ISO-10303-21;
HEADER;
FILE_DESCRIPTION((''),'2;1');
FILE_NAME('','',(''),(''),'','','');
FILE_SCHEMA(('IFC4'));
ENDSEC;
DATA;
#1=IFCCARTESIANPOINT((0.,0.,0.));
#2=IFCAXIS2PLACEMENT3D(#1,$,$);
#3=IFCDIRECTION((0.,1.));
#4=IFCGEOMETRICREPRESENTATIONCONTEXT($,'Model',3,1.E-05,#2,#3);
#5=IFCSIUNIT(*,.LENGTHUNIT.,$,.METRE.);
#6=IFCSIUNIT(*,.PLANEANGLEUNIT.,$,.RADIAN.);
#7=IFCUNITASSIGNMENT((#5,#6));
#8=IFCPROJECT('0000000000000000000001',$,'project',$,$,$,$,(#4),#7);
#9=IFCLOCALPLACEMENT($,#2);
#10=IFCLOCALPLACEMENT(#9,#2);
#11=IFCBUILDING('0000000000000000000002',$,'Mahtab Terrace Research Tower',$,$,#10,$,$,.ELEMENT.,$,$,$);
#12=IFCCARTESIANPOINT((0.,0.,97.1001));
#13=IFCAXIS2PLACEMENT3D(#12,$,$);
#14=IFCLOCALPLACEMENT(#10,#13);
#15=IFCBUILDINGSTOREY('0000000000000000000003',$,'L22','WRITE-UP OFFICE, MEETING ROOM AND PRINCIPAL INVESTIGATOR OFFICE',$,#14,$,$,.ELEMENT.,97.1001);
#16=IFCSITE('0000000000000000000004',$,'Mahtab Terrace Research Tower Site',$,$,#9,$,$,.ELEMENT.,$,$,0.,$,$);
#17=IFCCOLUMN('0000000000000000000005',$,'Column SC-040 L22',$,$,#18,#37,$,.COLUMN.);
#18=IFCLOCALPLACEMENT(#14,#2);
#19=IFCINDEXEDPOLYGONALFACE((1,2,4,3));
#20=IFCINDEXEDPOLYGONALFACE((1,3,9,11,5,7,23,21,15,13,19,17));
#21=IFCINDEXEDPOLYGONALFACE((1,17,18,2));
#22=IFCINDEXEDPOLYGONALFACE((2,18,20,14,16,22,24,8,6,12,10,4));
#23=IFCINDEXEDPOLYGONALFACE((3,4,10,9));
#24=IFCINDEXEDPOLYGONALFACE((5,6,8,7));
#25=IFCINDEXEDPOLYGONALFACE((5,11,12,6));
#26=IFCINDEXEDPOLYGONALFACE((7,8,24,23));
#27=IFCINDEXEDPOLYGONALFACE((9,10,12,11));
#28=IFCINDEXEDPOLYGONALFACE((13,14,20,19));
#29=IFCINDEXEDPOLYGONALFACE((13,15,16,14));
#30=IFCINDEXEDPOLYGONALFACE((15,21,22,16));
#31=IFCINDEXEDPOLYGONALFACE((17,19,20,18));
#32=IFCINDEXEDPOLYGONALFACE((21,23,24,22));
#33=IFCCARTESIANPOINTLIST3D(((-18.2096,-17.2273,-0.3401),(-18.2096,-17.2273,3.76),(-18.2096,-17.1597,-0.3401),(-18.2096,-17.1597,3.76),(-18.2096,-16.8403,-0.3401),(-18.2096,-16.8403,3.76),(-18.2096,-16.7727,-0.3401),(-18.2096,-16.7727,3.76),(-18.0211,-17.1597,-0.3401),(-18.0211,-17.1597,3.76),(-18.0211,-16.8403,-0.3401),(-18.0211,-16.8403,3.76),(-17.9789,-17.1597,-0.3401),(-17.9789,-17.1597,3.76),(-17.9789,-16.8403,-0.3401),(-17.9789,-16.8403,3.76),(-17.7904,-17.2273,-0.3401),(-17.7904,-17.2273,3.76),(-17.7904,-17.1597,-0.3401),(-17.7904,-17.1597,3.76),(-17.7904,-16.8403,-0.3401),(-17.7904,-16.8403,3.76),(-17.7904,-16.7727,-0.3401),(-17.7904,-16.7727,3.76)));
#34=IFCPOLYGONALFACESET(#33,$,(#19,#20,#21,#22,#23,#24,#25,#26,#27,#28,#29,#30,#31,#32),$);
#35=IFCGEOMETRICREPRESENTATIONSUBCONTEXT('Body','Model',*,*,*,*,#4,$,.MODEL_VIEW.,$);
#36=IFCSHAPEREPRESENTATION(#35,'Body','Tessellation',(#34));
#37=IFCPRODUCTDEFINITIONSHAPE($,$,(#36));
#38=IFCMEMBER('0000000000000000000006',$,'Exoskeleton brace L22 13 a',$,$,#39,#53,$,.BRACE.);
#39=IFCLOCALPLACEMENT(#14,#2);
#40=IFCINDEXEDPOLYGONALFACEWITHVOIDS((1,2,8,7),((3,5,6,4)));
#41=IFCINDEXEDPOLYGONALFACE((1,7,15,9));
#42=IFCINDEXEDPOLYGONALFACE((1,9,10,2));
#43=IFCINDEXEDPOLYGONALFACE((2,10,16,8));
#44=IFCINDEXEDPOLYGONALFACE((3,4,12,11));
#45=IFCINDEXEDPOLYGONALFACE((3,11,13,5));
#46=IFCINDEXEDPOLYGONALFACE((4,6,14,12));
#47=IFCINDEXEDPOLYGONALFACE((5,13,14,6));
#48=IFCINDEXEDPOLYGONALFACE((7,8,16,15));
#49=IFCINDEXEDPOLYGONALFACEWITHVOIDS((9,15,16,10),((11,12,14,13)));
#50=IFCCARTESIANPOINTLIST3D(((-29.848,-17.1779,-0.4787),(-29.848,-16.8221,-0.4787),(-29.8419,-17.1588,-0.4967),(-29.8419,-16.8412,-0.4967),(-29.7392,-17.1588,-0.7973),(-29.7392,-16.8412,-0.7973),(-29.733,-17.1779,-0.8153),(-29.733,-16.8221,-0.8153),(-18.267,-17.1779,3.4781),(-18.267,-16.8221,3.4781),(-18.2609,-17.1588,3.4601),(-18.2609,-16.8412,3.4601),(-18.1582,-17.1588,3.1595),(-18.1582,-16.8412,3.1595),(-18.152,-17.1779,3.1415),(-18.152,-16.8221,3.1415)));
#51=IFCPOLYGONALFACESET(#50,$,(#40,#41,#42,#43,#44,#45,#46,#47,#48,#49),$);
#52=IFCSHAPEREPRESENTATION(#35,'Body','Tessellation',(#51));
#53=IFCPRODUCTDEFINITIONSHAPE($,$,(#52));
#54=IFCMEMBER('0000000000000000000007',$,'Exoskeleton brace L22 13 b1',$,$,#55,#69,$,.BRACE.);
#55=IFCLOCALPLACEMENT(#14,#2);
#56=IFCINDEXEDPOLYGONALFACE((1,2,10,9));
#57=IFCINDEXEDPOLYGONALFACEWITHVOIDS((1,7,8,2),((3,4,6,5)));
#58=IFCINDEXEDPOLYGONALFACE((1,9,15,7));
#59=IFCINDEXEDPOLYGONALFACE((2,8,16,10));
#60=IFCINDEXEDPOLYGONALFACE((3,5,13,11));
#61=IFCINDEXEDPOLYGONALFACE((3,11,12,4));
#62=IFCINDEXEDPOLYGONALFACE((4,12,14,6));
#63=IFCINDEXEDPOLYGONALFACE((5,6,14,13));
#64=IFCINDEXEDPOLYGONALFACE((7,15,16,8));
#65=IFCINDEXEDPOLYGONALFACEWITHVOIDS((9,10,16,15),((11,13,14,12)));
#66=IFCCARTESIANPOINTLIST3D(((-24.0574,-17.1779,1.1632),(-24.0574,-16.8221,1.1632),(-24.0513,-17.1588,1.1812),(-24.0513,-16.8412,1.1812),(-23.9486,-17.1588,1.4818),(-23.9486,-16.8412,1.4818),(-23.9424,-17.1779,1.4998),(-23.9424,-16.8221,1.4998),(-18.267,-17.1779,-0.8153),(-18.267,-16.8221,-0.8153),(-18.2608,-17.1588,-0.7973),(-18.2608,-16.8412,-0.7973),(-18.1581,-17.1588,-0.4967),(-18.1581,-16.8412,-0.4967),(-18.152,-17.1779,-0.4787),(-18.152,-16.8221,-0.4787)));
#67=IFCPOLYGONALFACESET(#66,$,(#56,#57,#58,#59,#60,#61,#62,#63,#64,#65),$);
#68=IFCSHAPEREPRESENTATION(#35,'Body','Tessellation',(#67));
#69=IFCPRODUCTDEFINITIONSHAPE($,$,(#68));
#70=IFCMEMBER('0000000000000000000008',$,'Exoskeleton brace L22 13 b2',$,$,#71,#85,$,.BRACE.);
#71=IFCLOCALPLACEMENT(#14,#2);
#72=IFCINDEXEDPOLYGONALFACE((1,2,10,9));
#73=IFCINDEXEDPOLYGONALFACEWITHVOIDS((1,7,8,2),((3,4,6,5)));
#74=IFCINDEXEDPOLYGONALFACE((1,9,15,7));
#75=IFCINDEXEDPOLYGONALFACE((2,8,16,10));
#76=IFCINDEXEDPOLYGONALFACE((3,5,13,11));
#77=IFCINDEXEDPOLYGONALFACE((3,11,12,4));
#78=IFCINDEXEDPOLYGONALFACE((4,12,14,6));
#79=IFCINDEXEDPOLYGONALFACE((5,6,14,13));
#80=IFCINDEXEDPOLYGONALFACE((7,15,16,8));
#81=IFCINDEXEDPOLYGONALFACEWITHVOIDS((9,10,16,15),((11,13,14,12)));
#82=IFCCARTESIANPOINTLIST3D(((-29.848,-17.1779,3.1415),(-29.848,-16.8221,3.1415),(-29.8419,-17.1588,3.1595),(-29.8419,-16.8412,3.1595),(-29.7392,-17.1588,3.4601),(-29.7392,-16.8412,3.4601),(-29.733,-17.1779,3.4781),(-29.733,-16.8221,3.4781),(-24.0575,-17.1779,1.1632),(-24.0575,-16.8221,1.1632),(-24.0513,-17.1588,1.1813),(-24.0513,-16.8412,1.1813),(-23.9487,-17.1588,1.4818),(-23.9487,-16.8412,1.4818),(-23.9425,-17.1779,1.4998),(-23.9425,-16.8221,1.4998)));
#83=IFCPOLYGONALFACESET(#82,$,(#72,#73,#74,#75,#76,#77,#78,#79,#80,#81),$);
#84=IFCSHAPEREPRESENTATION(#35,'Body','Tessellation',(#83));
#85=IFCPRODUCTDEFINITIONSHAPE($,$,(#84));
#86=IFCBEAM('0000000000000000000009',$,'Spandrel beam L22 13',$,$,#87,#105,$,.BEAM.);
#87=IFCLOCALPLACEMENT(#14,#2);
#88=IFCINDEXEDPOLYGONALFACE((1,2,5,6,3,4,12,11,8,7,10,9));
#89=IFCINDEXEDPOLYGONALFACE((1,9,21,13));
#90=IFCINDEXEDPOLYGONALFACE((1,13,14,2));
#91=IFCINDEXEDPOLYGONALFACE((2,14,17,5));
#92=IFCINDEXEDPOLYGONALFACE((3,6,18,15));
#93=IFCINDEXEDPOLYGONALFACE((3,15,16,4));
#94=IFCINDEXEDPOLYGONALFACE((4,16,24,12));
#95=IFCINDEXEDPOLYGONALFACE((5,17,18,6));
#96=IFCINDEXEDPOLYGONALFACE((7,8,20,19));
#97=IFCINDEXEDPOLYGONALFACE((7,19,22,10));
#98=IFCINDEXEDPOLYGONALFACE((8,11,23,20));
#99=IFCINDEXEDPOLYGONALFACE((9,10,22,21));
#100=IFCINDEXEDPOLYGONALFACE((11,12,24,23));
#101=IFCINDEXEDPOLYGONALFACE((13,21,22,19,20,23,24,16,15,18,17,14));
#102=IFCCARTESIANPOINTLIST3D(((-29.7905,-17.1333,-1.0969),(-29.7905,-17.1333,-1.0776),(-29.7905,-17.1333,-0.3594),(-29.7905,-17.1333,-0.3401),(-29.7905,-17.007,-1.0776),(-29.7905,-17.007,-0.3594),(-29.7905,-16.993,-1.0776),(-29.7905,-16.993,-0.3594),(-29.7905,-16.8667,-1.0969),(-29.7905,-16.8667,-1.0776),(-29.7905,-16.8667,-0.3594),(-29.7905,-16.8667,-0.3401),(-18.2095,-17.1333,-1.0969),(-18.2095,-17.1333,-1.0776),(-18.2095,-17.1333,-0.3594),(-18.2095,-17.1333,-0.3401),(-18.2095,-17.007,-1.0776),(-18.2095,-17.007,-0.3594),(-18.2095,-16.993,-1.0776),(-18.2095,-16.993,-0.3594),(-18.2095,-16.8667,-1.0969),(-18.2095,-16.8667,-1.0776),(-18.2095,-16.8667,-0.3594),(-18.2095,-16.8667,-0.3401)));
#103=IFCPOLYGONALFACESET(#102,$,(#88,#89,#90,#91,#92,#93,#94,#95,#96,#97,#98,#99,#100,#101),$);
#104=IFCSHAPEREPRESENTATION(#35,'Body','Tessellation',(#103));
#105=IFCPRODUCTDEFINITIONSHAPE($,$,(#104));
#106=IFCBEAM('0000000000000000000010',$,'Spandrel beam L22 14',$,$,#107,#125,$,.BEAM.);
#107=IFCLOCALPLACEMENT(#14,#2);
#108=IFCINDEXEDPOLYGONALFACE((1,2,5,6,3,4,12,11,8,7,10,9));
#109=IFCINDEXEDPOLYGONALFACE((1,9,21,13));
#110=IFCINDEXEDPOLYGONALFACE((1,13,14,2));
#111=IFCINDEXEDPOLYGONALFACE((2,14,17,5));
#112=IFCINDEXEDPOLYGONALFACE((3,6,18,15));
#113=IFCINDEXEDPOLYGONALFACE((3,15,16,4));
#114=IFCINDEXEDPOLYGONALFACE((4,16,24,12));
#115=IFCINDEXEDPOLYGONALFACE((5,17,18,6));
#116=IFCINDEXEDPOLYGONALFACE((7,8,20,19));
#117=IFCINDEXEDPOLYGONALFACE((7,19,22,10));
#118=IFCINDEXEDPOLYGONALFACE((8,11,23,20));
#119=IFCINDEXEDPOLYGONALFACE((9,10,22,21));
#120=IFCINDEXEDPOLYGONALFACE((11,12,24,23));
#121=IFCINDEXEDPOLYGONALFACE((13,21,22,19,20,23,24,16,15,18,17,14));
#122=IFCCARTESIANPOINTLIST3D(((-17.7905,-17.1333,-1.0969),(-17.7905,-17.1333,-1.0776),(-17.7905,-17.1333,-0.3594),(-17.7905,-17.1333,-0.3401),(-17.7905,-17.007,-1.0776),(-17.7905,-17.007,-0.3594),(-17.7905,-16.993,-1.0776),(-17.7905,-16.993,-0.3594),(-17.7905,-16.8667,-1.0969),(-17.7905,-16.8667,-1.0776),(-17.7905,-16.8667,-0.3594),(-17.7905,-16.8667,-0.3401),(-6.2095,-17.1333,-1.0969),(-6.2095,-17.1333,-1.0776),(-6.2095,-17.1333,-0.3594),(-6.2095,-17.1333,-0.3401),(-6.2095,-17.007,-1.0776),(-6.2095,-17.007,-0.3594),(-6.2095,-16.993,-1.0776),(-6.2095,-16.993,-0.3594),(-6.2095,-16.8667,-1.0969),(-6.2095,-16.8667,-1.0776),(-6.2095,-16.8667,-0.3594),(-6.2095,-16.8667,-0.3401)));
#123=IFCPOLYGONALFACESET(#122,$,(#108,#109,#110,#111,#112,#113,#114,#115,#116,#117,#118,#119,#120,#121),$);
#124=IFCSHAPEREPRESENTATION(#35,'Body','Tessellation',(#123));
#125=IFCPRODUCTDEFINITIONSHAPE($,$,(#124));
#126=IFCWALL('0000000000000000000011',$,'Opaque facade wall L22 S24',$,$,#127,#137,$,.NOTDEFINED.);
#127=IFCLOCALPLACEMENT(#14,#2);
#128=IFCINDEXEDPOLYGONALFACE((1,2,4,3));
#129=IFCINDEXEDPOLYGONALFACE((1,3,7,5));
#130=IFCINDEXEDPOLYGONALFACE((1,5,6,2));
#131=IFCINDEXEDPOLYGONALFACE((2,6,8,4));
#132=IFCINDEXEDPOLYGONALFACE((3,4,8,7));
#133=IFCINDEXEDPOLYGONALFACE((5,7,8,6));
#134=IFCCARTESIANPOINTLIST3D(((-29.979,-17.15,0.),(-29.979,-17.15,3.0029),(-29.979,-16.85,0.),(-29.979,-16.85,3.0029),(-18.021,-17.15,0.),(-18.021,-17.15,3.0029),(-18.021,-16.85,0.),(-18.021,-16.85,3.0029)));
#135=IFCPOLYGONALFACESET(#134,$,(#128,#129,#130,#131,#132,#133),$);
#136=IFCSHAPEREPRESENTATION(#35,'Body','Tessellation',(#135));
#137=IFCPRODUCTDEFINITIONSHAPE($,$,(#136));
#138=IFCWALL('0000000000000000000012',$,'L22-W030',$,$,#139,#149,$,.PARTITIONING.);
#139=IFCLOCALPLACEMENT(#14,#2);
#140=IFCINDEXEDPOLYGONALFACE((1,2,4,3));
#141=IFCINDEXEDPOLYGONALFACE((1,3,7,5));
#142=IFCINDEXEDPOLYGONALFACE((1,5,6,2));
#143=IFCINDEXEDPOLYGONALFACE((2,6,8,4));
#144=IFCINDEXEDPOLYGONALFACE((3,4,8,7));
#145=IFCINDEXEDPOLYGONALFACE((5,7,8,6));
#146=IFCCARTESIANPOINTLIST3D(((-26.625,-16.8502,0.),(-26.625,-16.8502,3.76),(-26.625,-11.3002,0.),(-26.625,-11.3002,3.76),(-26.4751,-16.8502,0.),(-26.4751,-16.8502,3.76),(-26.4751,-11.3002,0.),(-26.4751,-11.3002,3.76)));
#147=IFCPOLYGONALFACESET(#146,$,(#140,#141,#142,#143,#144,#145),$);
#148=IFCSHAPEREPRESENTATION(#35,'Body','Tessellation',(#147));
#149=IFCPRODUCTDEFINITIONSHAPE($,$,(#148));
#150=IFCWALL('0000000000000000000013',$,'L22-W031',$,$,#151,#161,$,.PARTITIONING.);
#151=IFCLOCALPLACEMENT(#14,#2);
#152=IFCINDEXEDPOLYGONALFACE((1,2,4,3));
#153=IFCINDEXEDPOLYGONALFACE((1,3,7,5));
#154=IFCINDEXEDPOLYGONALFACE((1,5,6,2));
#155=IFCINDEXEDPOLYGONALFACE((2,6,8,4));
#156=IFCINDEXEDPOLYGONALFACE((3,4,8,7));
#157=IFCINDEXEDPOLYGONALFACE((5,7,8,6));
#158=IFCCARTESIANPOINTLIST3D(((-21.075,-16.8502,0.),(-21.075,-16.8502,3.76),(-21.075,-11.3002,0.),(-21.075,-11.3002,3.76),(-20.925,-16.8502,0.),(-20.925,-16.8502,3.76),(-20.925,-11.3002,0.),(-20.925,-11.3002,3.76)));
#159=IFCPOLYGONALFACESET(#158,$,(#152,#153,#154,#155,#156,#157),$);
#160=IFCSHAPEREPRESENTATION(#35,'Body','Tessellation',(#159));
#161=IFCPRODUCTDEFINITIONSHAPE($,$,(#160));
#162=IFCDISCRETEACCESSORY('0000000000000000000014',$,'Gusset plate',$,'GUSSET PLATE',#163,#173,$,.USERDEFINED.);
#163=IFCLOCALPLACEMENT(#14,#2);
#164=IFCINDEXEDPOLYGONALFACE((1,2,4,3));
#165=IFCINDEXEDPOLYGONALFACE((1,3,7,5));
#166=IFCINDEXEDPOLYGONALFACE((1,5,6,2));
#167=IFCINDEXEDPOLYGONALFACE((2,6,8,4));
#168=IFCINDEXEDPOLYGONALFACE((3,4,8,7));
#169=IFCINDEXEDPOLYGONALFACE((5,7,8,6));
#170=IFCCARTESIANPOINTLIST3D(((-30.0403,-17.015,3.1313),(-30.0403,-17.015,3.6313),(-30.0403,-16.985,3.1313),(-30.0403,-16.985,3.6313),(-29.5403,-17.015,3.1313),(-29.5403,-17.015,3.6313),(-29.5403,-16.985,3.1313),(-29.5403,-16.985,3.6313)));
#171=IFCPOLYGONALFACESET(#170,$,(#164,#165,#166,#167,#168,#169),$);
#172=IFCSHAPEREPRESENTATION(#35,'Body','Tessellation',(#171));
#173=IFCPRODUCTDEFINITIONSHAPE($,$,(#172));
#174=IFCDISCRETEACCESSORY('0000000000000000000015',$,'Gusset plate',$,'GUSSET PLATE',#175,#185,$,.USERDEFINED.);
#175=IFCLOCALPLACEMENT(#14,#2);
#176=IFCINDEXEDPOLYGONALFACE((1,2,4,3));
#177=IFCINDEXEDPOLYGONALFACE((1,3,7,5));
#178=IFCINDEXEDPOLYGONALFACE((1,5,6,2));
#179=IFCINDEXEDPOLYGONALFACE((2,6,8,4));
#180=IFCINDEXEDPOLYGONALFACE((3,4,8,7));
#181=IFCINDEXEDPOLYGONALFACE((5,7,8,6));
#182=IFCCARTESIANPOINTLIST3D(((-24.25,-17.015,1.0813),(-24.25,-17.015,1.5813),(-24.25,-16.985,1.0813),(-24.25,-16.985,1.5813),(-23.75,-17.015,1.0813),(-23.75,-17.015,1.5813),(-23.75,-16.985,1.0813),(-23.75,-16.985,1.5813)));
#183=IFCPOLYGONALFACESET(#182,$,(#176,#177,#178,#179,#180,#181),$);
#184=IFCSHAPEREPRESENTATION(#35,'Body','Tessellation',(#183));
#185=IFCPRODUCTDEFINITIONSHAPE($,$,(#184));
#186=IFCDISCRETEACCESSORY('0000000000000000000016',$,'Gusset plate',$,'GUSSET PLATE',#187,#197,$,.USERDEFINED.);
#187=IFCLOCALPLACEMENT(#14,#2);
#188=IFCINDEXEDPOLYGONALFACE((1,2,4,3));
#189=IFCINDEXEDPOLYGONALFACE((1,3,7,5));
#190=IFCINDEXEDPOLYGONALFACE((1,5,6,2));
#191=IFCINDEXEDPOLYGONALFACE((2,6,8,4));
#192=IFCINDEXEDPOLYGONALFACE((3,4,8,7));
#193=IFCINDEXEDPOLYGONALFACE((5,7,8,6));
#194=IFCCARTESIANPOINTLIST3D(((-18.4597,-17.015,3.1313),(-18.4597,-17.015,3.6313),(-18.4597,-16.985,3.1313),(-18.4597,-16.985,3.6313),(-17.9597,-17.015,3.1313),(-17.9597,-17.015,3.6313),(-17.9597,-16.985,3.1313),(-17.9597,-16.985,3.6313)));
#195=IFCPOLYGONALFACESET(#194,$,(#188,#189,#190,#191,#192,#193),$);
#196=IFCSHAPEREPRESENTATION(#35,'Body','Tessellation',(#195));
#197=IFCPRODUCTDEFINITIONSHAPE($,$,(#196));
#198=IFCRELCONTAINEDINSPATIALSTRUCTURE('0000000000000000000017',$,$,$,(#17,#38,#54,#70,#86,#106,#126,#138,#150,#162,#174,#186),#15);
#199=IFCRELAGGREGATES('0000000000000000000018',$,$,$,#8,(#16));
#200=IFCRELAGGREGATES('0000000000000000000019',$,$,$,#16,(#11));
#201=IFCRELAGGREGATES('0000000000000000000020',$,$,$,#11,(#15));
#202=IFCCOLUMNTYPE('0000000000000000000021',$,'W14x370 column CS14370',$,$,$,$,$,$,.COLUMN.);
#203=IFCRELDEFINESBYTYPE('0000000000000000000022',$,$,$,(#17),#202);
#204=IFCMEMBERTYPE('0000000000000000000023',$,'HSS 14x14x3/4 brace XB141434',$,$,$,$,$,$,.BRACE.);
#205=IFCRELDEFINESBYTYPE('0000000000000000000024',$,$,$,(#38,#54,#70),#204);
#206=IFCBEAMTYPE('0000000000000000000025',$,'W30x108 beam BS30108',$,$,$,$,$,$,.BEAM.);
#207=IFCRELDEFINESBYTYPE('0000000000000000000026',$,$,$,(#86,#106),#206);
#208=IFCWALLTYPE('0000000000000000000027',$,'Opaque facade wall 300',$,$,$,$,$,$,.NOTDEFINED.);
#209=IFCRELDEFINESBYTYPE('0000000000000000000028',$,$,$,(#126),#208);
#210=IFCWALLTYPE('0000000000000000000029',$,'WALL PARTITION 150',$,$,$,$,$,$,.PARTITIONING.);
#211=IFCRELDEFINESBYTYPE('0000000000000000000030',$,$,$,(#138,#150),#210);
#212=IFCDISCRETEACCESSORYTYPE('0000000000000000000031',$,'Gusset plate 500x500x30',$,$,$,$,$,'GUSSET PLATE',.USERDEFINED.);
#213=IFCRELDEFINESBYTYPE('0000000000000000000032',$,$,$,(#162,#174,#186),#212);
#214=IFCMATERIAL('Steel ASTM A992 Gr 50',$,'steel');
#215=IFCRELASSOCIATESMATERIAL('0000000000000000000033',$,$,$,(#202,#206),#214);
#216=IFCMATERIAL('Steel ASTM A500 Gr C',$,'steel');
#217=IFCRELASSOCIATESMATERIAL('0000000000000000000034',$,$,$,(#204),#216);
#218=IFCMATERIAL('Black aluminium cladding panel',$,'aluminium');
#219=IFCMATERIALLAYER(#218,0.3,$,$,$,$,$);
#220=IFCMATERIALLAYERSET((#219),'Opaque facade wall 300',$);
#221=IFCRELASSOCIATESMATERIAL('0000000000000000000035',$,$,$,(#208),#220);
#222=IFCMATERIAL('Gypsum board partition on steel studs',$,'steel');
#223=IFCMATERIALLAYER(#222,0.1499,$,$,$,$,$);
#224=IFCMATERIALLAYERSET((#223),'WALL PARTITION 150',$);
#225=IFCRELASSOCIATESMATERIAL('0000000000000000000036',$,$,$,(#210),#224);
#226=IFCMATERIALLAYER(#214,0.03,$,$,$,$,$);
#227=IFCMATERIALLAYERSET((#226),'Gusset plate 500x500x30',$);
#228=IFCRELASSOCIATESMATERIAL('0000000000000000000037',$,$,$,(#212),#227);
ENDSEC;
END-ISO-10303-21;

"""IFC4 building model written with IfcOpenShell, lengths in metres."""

from ifc_helpers import new_model, si_unit, direction, frame, frame_2d, origin, origin_2d, place, context, subcontext, project, spatial, rectangle, hollow_rectangle, i_section, extrude, material, layer, layer_set, material_profile, profile_set, type_object, element, save


model = new_model("IFC4")

# Units and contexts
model_context = context("Model", 3, precision=1e-05, world=origin(), true_north=direction((0.0, 1.0)))
body_context = subcontext(model_context, "Body", "Model", "MODEL_VIEW")
ifc_project = project(units=[si_unit("LENGTHUNIT", "METRE"), si_unit("PLANEANGLEUNIT", "RADIAN")], contexts=[model_context])

# Site, building, storey
site_placement = place(None, origin())
site = spatial("IfcSite", under=ifc_project, at=site_placement, Name="Mahtab Terrace Research Tower Site", CompositionType="ELEMENT", RefElevation=0.0)
building_placement = place(site_placement, origin())
building = spatial("IfcBuilding", under=site, at=building_placement, Name="Mahtab Terrace Research Tower", CompositionType="ELEMENT")
storey_placement = place(building_placement, frame((0.0, 0.0, 97.1001)))
storey = spatial("IfcBuildingStorey", under=building, at=storey_placement, Name="L22", Description="WRITE-UP OFFICE, MEETING ROOM AND PRINCIPAL INVESTIGATOR OFFICE", CompositionType="ELEMENT", Elevation=97.1001)

# Column
ifc_material_1 = material(Name="Steel ASTM A992 Gr 50", Category="steel")
ifc_material_profile_1 = material_profile(ifc_material_1, i_section(OverallWidth=0.4192, OverallDepth=0.4546, WebThickness=0.0422, FlangeThickness=0.0676, at=origin_2d()), Name="W14X370")
ifc_profile_set_1 = profile_set([ifc_material_profile_1], Name="Steel ASTM A992 Gr 50")
column_type = type_object("IfcColumnType", Name="W14x370 column CS14370", PredefinedType="COLUMN", material=ifc_profile_set_1)
column_placement = place(storey_placement, frame((-18.0, -17.0, -0.3401), z_axis=(0.0, 0.0, 1.0), x_axis=(1.0, 0.0, 0.0)))
element("IfcColumn", 1, at=column_placement, inside=storey, type_object=column_type, Name="Column SC-040 L22", PredefinedType="COLUMN", context=body_context, shape_type="SweptSolid", body=[
    extrude(i_section(OverallWidth=0.4192, OverallDepth=0.4546, WebThickness=0.0422, FlangeThickness=0.0676, at=origin_2d()), origin(), (0.0, 0.0, 1.0), 4.1001),
])

# Members
ifc_material_2 = material(Name="Steel ASTM A500 Gr C", Category="steel")
ifc_material_profile_2 = material_profile(ifc_material_2, hollow_rectangle(XDim=0.3557, YDim=0.3557, WallThickness=0.019, at=origin_2d()), Name="HSS14X14X3/4")
ifc_profile_set_2 = profile_set([ifc_material_profile_2], Name="Steel ASTM A500 Gr C")
member_type = type_object("IfcMemberType", Name="HSS 14x14x3/4 brace XB141434", PredefinedType="BRACE", material=ifc_profile_set_2)
member_placement = place(storey_placement, frame((-29.7905, -17.0, -0.647), z_axis=(0.946293, 0.0, 0.323311), x_axis=(0.0, 1.0, 0.0)))
element("IfcMember", 2, at=member_placement, inside=storey, type_object=member_type, Name="Exoskeleton brace L22 13 a", PredefinedType="BRACE", context=body_context, shape_type="SweptSolid", body=[
    extrude(hollow_rectangle(XDim=0.3557, YDim=0.3557, WallThickness=0.019, at=origin_2d()), origin(), (0.0, 0.0, 1.0), 12.2383),
])
for number, where, z_axis, x_axis, name in (
    (3, (-18.2095, -17.0, -0.647), (-0.946287, 0.0, 0.323329), (0.0, -1.0, 0.0), "Exoskeleton brace L22 13 b1"),
    (4, (-24.0, -17.0, 1.3315), (-0.946299, 0.0, 0.323293), (0.0, -1.0, 0.0), "Exoskeleton brace L22 13 b2"),
):
    element("IfcMember", number, at=place(storey_placement, frame(where, z_axis=z_axis, x_axis=x_axis)), inside=storey, type_object=member_type, Name=name, PredefinedType="BRACE", context=body_context, shape_type="SweptSolid", body=[
        extrude(hollow_rectangle(XDim=0.3557, YDim=0.3557, WallThickness=0.019, at=origin_2d()), origin(), (0.0, 0.0, 1.0), 6.1191),
    ])

# Beams
ifc_material_profile_3 = material_profile(ifc_material_1, i_section(OverallWidth=0.2666, OverallDepth=0.7568, WebThickness=0.0139, FlangeThickness=0.0193, at=origin_2d()), Name="W30X108")
ifc_profile_set_3 = profile_set([ifc_material_profile_3], Name="Steel ASTM A992 Gr 50")
beam_type = type_object("IfcBeamType", Name="W30x108 beam BS30108", PredefinedType="BEAM", material=ifc_profile_set_3)
for number, where, z_axis, x_axis, name in (
    (5, (-29.7905, -17.0, -0.7185), (1.0, 0.0, 0.0), (0.0, 1.0, 0.0), "Spandrel beam L22 13"),
    (6, (-17.7905, -17.0, -0.7185), (1.0, 0.0, 0.0), (0.0, 1.0, 0.0), "Spandrel beam L22 14"),
):
    element("IfcBeam", number, at=place(storey_placement, frame(where, z_axis=z_axis, x_axis=x_axis)), inside=storey, type_object=beam_type, Name=name, PredefinedType="BEAM", context=body_context, shape_type="SweptSolid", body=[
        extrude(i_section(OverallWidth=0.2666, OverallDepth=0.7568, WebThickness=0.0139, FlangeThickness=0.0193, at=origin_2d()), origin(), (0.0, 0.0, 1.0), 11.5811),
    ])

# Walls
ifc_material_3 = material(Name="Black aluminium cladding panel", Category="aluminium")
ifc_layer_1 = layer(ifc_material_3, 0.3)
ifc_layer_set_1 = layer_set([ifc_layer_1], Name="Opaque facade wall 300")
wall_type_1 = type_object("IfcWallType", Name="Opaque facade wall 300", PredefinedType="NOTDEFINED", material=ifc_layer_set_1)
wall_placement = place(storey_placement, frame((-29.979, -17.0, 0.0), z_axis=(0.0, 0.0, 1.0), x_axis=(1.0, 0.0, 0.0)))
element("IfcWall", 7, at=wall_placement, inside=storey, type_object=wall_type_1, Name="Opaque facade wall L22 S24", PredefinedType="NOTDEFINED", context=body_context, shape_type="SweptSolid", body=[
    extrude(rectangle(XDim=11.958, YDim=0.3, at=frame_2d((5.979, 0.0))), origin(), (0.0, 0.0, 1.0), 3.0029),
])
ifc_material_4 = material(Name="Gypsum board partition on steel studs", Category="steel")
ifc_layer_2 = layer(ifc_material_4, 0.1499)
ifc_layer_set_2 = layer_set([ifc_layer_2], Name="WALL PARTITION 150")
wall_type_2 = type_object("IfcWallType", Name="WALL PARTITION 150", PredefinedType="PARTITIONING", material=ifc_layer_set_2)
for number, where, z_axis, x_axis, name in (
    (8, (-26.55, -16.8501, 0.0), (0.0, 0.0, 1.0), (0.0, 1.0, 0.0), "L22-W030"),
    (9, (-21.0, -16.8501, 0.0), (0.0, 0.0, 1.0), (0.0, 1.0, 0.0), "L22-W031"),
):
    element("IfcWall", number, at=place(storey_placement, frame(where, z_axis=z_axis, x_axis=x_axis)), inside=storey, type_object=wall_type_2, Name=name, PredefinedType="PARTITIONING", context=body_context, shape_type="SweptSolid", body=[
        extrude(rectangle(XDim=5.55, YDim=0.1499, at=frame_2d((2.7749, 0.0))), origin(), (0.0, 0.0, 1.0), 3.76),
    ])

# Discrete accessories
ifc_layer_3 = layer(ifc_material_1, 0.03)
ifc_layer_set_3 = layer_set([ifc_layer_3], Name="Gusset plate 500x500x30")
discrete_accessory_type = type_object("IfcDiscreteAccessoryType", Name="Gusset plate 500x500x30", ElementType="GUSSET PLATE", PredefinedType="USERDEFINED", material=ifc_layer_set_3)
for number, where, z_axis, x_axis, name in (
    (10, (-29.7903, -17.0, 3.1313), (0.0, 0.0, 1.0), (1.0, 0.0, 0.0), "Gusset plate"),
    (11, (-24.0, -17.0, 1.0813), (0.0, 0.0, 1.0), (1.0, 0.0, 0.0), "Gusset plate"),
    (12, (-18.2097, -17.0, 3.1313), (0.0, 0.0, 1.0), (1.0, 0.0, 0.0), "Gusset plate"),
):
    element("IfcDiscreteAccessory", number, at=place(storey_placement, frame(where, z_axis=z_axis, x_axis=x_axis)), inside=storey, type_object=discrete_accessory_type, Name=name, ObjectType="GUSSET PLATE", PredefinedType="USERDEFINED", context=body_context, shape_type="SweptSolid", body=[
        extrude(rectangle(XDim=0.5, YDim=0.03, at=origin_2d()), origin(), (0.0, 0.0, 1.0), 0.5),
    ])

save(model, "model.ifc")
